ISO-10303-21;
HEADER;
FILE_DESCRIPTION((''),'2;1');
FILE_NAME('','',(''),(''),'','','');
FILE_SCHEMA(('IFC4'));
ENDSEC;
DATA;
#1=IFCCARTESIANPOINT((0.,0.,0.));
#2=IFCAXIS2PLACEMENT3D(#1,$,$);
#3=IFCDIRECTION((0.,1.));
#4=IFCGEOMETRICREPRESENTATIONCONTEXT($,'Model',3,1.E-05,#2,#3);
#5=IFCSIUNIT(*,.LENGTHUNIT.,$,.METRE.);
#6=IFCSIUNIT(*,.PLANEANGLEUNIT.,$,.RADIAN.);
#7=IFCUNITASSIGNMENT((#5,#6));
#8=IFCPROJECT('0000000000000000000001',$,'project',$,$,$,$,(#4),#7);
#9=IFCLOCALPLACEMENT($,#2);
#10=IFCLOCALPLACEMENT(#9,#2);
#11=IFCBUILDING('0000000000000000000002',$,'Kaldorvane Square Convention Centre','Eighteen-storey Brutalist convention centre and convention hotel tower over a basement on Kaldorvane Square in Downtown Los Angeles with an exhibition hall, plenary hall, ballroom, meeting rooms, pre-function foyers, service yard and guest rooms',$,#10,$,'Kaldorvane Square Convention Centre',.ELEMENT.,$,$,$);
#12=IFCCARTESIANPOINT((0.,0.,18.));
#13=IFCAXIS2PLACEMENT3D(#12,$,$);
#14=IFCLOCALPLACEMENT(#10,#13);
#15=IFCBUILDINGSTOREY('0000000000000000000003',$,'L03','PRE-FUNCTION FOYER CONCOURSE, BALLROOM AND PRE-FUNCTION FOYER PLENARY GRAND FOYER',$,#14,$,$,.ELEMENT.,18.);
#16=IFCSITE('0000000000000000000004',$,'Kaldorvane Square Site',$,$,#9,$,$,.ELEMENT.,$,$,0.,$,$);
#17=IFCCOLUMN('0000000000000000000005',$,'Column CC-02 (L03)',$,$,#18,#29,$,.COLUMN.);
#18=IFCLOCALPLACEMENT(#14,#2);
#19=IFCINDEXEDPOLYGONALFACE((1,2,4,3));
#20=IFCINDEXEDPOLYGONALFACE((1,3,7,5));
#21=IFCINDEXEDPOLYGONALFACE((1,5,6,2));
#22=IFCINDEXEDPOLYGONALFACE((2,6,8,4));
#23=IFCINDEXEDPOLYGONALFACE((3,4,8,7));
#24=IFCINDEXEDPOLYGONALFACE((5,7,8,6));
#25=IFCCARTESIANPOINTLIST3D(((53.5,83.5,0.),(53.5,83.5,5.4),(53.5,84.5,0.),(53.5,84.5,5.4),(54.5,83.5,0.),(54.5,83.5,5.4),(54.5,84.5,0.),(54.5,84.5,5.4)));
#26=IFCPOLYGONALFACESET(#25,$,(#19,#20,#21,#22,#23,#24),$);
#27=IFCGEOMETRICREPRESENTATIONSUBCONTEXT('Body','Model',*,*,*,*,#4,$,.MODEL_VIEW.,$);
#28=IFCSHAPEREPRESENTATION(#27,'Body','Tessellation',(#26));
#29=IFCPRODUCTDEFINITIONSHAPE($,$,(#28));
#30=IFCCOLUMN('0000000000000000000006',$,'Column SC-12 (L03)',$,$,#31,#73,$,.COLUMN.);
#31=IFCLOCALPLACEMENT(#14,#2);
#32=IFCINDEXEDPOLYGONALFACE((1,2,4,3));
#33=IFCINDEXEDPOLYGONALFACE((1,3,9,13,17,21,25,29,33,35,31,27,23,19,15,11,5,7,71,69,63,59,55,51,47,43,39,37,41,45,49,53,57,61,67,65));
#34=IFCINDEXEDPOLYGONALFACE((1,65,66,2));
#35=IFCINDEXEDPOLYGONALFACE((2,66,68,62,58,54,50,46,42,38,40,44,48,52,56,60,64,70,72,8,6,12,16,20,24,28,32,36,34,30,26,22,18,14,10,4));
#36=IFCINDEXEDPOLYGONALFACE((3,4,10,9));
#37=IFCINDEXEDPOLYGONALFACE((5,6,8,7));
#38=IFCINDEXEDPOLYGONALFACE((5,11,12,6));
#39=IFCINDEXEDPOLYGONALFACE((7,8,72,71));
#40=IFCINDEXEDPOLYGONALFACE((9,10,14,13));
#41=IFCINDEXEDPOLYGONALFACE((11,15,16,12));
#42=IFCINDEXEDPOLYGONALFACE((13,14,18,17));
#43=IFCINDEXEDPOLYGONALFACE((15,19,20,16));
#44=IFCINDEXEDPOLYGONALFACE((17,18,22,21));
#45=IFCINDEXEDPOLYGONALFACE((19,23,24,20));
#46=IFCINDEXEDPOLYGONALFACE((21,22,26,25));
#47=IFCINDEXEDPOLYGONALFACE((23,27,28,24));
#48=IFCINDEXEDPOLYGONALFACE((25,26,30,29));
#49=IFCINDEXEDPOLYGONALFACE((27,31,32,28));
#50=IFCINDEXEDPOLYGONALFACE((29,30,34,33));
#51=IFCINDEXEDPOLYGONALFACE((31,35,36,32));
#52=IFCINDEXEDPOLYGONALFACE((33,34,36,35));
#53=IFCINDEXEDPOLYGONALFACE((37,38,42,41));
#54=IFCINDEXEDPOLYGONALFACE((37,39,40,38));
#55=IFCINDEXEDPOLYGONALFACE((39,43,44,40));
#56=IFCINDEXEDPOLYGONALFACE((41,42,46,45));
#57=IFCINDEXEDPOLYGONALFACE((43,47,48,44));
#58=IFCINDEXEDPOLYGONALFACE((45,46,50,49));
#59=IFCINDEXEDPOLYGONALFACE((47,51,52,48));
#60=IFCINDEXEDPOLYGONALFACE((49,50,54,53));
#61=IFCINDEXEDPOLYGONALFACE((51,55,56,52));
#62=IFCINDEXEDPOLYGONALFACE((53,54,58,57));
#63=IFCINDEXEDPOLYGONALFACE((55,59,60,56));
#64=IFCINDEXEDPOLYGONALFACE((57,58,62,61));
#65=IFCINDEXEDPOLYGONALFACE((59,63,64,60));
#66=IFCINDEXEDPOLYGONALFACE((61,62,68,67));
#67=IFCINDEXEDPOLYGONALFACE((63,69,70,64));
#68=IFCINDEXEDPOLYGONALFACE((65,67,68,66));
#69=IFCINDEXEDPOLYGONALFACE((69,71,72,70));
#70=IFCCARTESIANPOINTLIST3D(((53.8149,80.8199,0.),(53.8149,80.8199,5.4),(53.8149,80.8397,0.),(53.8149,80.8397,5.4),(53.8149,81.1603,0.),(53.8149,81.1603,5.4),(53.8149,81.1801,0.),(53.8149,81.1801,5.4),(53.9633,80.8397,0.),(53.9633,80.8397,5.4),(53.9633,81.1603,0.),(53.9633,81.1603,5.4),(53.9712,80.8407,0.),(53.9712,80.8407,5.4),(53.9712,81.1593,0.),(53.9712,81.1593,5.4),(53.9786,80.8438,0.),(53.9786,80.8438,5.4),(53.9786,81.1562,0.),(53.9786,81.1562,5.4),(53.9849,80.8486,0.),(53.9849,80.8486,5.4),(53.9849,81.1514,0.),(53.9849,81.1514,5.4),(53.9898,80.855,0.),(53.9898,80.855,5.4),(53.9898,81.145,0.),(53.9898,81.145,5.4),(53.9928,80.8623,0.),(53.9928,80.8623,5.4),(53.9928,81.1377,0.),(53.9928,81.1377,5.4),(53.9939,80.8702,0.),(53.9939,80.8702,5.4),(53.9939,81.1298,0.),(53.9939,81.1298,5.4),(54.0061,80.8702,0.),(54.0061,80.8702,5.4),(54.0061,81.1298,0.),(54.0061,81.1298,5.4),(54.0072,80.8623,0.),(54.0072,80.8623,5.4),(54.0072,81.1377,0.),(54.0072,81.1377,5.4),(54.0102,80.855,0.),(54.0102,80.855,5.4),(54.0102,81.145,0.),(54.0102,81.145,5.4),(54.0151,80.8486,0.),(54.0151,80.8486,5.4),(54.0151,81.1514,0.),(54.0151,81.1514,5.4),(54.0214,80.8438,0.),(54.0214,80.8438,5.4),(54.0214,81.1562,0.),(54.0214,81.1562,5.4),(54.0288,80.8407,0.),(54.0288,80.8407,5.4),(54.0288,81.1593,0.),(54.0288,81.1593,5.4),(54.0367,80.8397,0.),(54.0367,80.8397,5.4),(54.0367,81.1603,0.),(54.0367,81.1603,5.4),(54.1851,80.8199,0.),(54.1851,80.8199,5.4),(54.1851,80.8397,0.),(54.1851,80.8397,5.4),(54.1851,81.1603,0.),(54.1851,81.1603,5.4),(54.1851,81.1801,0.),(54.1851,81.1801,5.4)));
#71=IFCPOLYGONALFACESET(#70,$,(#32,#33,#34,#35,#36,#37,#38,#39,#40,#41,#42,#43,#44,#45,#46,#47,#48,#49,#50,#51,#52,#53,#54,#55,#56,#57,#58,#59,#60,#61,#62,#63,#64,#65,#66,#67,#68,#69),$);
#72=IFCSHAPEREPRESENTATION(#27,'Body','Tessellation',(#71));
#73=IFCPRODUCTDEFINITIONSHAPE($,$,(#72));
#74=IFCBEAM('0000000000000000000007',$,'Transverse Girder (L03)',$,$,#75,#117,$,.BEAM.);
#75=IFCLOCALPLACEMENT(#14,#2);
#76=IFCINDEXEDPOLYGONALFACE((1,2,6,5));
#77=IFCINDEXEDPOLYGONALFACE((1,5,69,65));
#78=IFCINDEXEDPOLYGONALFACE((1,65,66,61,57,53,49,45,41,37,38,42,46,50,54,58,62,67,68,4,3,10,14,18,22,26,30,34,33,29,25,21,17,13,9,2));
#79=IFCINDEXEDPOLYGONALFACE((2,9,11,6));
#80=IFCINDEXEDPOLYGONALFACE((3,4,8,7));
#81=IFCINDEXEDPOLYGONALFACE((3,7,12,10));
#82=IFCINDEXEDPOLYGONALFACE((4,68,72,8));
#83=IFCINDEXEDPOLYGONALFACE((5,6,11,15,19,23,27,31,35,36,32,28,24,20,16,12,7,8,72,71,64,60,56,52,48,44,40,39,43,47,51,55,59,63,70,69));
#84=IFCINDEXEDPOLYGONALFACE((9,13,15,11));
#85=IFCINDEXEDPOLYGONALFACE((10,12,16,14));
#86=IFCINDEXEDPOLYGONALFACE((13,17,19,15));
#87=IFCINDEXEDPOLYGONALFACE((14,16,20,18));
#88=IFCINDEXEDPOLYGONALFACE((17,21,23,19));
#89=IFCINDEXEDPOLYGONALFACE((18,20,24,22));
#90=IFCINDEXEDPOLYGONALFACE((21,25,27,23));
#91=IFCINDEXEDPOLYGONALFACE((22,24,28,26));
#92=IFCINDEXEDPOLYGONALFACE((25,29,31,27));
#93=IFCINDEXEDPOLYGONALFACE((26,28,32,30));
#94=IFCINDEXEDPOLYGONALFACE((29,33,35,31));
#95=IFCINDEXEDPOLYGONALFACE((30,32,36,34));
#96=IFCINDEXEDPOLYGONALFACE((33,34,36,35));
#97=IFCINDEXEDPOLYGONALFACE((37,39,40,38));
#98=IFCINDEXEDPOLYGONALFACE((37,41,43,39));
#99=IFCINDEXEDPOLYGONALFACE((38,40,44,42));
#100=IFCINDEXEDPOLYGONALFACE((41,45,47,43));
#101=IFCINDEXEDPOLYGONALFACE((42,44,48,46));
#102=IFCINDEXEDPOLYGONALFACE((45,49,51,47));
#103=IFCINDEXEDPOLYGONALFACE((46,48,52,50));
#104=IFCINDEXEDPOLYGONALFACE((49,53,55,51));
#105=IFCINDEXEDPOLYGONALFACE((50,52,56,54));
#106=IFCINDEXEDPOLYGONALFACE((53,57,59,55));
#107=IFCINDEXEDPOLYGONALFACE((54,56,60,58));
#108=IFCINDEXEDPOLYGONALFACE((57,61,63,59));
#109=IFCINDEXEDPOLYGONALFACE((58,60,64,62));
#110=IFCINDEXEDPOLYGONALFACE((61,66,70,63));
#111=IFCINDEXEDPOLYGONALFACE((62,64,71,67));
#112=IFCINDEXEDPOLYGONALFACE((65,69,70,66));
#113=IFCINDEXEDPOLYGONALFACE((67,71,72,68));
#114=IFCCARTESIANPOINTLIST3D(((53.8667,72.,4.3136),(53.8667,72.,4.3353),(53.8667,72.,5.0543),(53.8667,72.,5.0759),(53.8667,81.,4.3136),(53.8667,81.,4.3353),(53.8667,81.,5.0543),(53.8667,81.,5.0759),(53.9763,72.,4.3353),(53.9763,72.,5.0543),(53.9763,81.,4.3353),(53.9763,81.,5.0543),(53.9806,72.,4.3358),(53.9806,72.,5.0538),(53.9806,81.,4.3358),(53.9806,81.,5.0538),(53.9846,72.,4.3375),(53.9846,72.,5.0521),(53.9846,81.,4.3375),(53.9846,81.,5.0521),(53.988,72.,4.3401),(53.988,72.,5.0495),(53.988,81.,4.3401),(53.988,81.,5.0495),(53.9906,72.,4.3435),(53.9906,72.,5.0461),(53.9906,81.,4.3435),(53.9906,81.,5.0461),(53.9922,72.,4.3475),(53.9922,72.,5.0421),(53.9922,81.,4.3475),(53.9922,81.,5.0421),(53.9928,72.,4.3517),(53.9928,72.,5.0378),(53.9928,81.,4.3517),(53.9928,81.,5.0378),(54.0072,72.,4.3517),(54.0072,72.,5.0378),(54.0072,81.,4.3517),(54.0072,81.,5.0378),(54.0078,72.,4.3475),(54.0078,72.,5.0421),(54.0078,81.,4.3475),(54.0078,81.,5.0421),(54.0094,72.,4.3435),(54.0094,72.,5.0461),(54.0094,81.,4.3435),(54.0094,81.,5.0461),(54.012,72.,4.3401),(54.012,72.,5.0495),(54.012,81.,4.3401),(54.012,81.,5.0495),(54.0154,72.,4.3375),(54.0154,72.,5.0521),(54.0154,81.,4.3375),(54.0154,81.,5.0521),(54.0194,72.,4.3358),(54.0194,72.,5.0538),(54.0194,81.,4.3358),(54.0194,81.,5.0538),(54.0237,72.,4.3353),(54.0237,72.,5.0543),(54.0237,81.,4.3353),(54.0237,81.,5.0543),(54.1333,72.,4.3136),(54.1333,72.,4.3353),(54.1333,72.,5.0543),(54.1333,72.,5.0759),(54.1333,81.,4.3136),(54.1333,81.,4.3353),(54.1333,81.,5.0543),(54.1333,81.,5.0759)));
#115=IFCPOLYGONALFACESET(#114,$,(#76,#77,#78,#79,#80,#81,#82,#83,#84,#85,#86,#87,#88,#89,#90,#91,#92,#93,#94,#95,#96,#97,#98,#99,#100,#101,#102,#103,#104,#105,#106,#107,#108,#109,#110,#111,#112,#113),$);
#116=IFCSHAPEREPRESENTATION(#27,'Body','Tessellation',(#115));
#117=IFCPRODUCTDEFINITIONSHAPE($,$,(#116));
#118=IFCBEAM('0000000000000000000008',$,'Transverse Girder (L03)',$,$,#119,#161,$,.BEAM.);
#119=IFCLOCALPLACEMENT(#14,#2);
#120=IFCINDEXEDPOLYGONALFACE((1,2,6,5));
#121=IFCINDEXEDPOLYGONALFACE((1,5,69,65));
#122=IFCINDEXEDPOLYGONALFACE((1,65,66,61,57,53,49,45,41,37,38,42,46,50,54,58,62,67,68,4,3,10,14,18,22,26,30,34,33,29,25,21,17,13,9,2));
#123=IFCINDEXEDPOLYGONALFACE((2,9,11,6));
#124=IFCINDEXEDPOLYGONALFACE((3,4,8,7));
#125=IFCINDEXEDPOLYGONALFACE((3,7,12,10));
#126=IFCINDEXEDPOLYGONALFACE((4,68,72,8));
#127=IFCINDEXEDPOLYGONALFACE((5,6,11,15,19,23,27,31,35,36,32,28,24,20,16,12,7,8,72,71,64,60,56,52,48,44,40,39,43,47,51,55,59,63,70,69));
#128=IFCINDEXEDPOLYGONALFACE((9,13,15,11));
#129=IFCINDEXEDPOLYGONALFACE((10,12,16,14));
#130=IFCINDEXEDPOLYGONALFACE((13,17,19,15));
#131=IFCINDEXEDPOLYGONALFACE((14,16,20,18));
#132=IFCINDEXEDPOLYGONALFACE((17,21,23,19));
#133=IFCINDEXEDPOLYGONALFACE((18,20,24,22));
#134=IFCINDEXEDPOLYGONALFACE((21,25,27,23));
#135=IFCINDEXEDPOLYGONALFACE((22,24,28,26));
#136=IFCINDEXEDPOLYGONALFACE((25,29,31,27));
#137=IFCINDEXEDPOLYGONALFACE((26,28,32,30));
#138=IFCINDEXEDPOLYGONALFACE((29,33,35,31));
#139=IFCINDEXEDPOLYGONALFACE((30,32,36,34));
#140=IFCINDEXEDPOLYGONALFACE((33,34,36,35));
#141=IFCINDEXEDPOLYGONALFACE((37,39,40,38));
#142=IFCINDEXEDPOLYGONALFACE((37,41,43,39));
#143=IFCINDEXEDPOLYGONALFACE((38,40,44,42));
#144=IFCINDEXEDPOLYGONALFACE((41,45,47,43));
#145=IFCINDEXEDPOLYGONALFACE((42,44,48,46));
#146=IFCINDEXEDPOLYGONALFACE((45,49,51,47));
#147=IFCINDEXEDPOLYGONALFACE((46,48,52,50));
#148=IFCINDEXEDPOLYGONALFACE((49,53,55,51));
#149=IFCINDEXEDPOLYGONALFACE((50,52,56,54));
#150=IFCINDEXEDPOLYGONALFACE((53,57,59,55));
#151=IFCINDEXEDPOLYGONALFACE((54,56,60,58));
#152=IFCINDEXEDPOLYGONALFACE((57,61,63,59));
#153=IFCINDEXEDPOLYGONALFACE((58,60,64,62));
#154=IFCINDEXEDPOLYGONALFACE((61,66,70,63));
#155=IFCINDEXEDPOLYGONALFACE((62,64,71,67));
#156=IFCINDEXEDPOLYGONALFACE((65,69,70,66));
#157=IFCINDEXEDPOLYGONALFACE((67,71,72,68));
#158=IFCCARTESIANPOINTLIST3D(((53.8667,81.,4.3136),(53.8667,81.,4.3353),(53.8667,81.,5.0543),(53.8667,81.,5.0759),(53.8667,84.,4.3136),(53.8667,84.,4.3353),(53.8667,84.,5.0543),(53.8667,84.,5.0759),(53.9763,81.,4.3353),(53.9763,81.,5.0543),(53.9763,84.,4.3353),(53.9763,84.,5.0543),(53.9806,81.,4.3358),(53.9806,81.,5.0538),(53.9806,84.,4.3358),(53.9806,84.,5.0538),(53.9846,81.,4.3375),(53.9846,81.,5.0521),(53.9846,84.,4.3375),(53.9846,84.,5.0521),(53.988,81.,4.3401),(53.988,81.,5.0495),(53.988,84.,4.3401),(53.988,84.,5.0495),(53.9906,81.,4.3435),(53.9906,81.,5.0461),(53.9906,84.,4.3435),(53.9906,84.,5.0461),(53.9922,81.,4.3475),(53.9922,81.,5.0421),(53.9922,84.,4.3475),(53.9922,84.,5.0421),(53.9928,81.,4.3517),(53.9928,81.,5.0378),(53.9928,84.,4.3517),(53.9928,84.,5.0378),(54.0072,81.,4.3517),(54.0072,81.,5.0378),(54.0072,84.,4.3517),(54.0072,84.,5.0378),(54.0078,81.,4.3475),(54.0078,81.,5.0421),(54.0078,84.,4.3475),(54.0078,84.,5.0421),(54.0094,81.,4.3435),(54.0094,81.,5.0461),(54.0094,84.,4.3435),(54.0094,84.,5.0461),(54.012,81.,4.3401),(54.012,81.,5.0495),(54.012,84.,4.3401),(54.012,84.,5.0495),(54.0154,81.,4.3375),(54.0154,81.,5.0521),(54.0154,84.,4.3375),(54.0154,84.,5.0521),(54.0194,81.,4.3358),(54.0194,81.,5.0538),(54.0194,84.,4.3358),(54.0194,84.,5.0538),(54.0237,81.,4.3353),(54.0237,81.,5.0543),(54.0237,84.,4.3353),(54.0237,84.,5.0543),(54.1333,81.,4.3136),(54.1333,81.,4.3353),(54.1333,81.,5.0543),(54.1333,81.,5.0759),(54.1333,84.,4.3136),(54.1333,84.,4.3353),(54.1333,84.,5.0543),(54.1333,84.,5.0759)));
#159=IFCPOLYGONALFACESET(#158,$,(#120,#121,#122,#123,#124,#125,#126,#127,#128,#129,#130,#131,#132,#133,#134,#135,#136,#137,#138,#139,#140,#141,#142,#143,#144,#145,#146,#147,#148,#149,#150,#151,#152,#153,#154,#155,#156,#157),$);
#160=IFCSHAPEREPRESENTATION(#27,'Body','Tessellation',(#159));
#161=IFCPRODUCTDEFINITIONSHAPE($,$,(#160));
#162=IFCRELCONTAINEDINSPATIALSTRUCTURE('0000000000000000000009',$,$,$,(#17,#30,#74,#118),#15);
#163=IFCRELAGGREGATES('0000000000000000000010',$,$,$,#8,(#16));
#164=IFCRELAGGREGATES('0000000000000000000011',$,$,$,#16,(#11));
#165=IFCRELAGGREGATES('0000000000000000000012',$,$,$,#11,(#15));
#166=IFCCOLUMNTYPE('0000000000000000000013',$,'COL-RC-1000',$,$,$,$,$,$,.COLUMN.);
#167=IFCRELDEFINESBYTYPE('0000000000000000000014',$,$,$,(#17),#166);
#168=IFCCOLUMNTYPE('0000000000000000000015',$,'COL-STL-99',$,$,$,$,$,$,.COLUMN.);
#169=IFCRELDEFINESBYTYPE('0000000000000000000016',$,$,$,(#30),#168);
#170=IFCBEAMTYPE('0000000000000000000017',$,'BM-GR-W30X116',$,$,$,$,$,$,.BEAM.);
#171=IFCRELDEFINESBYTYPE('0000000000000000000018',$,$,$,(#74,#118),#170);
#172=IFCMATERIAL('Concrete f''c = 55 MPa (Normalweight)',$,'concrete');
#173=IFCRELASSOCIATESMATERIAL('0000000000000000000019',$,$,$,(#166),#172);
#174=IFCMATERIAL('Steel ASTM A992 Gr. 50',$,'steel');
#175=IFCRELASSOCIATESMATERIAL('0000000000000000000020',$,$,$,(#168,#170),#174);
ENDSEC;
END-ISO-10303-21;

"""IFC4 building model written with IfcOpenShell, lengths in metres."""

from ifc_helpers import new_model, si_unit, direction, frame, origin, origin_2d, place, context, subcontext, project, spatial, rectangle, i_section, extrude, material, material_profile, profile_set, type_object, element, save


model = new_model("IFC4")

# Units and contexts
model_context = context("Model", 3, precision=1e-05, world=origin(), true_north=direction((0.0, 1.0)))
body_context = subcontext(model_context, "Body", "Model", "MODEL_VIEW")
ifc_project = project(units=[si_unit("LENGTHUNIT", "METRE"), si_unit("PLANEANGLEUNIT", "RADIAN")], contexts=[model_context])

# Site, building, storey
site_placement = place(None, origin())
site = spatial("IfcSite", under=ifc_project, at=site_placement, Name="Kaldorvane Square Site", CompositionType="ELEMENT", RefElevation=0.0)
building_placement = place(site_placement, origin())
building = spatial("IfcBuilding", under=site, at=building_placement, Name="Kaldorvane Square Convention Centre", Description="Eighteen-storey Brutalist convention centre and convention hotel tower over a basement on Kaldorvane Square in Downtown Los Angeles with an exhibition hall, plenary hall, ballroom, meeting rooms, pre-function foyers, service yard and guest rooms", LongName="Kaldorvane Square Convention Centre", CompositionType="ELEMENT")
storey_placement = place(building_placement, frame((0.0, 0.0, 18.0)))
storey = spatial("IfcBuildingStorey", under=building, at=storey_placement, Name="L03", Description="PRE-FUNCTION FOYER CONCOURSE, BALLROOM AND PRE-FUNCTION FOYER PLENARY GRAND FOYER", CompositionType="ELEMENT", Elevation=18.0)

# Columns
ifc_material_1 = material(Name="Concrete f'c = 55 MPa (Normalweight)", Category="concrete")
ifc_material_profile_1 = material_profile(ifc_material_1, rectangle(XDim=1.0, YDim=1.0, at=origin_2d()), Name="RC1000X1000")
ifc_profile_set_1 = profile_set([ifc_material_profile_1], Name="Concrete f'c = 55 MPa (Normalweight)")
column_type_1 = type_object("IfcColumnType", Name="COL-RC-1000", PredefinedType="COLUMN", material=ifc_profile_set_1)
column_1_placement = place(storey_placement, frame((54.0, 84.0, 0.0), z_axis=(0.0, 0.0, 1.0), x_axis=(1.0, 0.0, 0.0)))
element("IfcColumn", 1, at=column_1_placement, inside=storey, type_object=column_type_1, Name="Column CC-02 (L03)", PredefinedType="COLUMN", context=body_context, shape_type="SweptSolid", body=[
    extrude(rectangle(XDim=1.0, YDim=1.0, at=origin_2d()), origin(), (0.0, 0.0, 1.0), 5.4),
])
ifc_material_2 = material(Name="Steel ASTM A992 Gr. 50", Category="steel")
ifc_material_profile_2 = material_profile(ifc_material_2, i_section(OverallWidth=0.3701, OverallDepth=0.3602, WebThickness=0.0123, FlangeThickness=0.0198, FilletRadius=0.0305, at=origin_2d()), Name="W14X99")
ifc_profile_set_2 = profile_set([ifc_material_profile_2], Name="Steel ASTM A992 Gr. 50")
column_type_2 = type_object("IfcColumnType", Name="COL-STL-99", PredefinedType="COLUMN", material=ifc_profile_set_2)
column_2_placement = place(storey_placement, frame((54.0, 81.0, 0.0), z_axis=(0.0, 0.0, 1.0), x_axis=(1.0, 0.0, 0.0)))
element("IfcColumn", 2, at=column_2_placement, inside=storey, type_object=column_type_2, Name="Column SC-12 (L03)", PredefinedType="COLUMN", context=body_context, shape_type="SweptSolid", body=[
    extrude(i_section(OverallWidth=0.3701, OverallDepth=0.3602, WebThickness=0.0123, FlangeThickness=0.0198, FilletRadius=0.0305, at=origin_2d()), origin(), (0.0, 0.0, 1.0), 5.4),
])

# Beams
ifc_material_profile_3 = material_profile(ifc_material_2, i_section(OverallWidth=0.2666, OverallDepth=0.7623, WebThickness=0.0144, FlangeThickness=0.0216, FilletRadius=0.0165, at=origin_2d()), Name="W30X116")
ifc_profile_set_3 = profile_set([ifc_material_profile_3], Name="Steel ASTM A992 Gr. 50")
beam_type_1 = type_object("IfcBeamType", Name="BM-GR-W30X116", PredefinedType="BEAM", material=ifc_profile_set_3)
beam_1_placement = place(storey_placement, frame((54.0, 72.0, 4.6948), z_axis=(0.0, 1.0, 0.0), x_axis=(-1.0, 0.0, 0.0)))
element("IfcBeam", 3, at=beam_1_placement, inside=storey, type_object=beam_type_1, Name="Transverse Girder (L03)", PredefinedType="BEAM", context=body_context, shape_type="SweptSolid", body=[
    extrude(i_section(OverallWidth=0.2666, OverallDepth=0.7623, WebThickness=0.0144, FlangeThickness=0.0216, FilletRadius=0.0165, at=origin_2d()), origin(), (0.0, 0.0, 1.0), 9.0),
])
beam_2_placement = place(storey_placement, frame((54.0, 81.0, 4.6948), z_axis=(0.0, 1.0, 0.0), x_axis=(-1.0, 0.0, 0.0)))
element("IfcBeam", 4, at=beam_2_placement, inside=storey, type_object=beam_type_1, Name="Transverse Girder (L03)", PredefinedType="BEAM", context=body_context, shape_type="SweptSolid", body=[
    extrude(i_section(OverallWidth=0.2666, OverallDepth=0.7623, WebThickness=0.0144, FlangeThickness=0.0216, FilletRadius=0.0165, at=origin_2d()), origin(), (0.0, 0.0, 1.0), 3.0),
])

save(model, "model.ifc")
